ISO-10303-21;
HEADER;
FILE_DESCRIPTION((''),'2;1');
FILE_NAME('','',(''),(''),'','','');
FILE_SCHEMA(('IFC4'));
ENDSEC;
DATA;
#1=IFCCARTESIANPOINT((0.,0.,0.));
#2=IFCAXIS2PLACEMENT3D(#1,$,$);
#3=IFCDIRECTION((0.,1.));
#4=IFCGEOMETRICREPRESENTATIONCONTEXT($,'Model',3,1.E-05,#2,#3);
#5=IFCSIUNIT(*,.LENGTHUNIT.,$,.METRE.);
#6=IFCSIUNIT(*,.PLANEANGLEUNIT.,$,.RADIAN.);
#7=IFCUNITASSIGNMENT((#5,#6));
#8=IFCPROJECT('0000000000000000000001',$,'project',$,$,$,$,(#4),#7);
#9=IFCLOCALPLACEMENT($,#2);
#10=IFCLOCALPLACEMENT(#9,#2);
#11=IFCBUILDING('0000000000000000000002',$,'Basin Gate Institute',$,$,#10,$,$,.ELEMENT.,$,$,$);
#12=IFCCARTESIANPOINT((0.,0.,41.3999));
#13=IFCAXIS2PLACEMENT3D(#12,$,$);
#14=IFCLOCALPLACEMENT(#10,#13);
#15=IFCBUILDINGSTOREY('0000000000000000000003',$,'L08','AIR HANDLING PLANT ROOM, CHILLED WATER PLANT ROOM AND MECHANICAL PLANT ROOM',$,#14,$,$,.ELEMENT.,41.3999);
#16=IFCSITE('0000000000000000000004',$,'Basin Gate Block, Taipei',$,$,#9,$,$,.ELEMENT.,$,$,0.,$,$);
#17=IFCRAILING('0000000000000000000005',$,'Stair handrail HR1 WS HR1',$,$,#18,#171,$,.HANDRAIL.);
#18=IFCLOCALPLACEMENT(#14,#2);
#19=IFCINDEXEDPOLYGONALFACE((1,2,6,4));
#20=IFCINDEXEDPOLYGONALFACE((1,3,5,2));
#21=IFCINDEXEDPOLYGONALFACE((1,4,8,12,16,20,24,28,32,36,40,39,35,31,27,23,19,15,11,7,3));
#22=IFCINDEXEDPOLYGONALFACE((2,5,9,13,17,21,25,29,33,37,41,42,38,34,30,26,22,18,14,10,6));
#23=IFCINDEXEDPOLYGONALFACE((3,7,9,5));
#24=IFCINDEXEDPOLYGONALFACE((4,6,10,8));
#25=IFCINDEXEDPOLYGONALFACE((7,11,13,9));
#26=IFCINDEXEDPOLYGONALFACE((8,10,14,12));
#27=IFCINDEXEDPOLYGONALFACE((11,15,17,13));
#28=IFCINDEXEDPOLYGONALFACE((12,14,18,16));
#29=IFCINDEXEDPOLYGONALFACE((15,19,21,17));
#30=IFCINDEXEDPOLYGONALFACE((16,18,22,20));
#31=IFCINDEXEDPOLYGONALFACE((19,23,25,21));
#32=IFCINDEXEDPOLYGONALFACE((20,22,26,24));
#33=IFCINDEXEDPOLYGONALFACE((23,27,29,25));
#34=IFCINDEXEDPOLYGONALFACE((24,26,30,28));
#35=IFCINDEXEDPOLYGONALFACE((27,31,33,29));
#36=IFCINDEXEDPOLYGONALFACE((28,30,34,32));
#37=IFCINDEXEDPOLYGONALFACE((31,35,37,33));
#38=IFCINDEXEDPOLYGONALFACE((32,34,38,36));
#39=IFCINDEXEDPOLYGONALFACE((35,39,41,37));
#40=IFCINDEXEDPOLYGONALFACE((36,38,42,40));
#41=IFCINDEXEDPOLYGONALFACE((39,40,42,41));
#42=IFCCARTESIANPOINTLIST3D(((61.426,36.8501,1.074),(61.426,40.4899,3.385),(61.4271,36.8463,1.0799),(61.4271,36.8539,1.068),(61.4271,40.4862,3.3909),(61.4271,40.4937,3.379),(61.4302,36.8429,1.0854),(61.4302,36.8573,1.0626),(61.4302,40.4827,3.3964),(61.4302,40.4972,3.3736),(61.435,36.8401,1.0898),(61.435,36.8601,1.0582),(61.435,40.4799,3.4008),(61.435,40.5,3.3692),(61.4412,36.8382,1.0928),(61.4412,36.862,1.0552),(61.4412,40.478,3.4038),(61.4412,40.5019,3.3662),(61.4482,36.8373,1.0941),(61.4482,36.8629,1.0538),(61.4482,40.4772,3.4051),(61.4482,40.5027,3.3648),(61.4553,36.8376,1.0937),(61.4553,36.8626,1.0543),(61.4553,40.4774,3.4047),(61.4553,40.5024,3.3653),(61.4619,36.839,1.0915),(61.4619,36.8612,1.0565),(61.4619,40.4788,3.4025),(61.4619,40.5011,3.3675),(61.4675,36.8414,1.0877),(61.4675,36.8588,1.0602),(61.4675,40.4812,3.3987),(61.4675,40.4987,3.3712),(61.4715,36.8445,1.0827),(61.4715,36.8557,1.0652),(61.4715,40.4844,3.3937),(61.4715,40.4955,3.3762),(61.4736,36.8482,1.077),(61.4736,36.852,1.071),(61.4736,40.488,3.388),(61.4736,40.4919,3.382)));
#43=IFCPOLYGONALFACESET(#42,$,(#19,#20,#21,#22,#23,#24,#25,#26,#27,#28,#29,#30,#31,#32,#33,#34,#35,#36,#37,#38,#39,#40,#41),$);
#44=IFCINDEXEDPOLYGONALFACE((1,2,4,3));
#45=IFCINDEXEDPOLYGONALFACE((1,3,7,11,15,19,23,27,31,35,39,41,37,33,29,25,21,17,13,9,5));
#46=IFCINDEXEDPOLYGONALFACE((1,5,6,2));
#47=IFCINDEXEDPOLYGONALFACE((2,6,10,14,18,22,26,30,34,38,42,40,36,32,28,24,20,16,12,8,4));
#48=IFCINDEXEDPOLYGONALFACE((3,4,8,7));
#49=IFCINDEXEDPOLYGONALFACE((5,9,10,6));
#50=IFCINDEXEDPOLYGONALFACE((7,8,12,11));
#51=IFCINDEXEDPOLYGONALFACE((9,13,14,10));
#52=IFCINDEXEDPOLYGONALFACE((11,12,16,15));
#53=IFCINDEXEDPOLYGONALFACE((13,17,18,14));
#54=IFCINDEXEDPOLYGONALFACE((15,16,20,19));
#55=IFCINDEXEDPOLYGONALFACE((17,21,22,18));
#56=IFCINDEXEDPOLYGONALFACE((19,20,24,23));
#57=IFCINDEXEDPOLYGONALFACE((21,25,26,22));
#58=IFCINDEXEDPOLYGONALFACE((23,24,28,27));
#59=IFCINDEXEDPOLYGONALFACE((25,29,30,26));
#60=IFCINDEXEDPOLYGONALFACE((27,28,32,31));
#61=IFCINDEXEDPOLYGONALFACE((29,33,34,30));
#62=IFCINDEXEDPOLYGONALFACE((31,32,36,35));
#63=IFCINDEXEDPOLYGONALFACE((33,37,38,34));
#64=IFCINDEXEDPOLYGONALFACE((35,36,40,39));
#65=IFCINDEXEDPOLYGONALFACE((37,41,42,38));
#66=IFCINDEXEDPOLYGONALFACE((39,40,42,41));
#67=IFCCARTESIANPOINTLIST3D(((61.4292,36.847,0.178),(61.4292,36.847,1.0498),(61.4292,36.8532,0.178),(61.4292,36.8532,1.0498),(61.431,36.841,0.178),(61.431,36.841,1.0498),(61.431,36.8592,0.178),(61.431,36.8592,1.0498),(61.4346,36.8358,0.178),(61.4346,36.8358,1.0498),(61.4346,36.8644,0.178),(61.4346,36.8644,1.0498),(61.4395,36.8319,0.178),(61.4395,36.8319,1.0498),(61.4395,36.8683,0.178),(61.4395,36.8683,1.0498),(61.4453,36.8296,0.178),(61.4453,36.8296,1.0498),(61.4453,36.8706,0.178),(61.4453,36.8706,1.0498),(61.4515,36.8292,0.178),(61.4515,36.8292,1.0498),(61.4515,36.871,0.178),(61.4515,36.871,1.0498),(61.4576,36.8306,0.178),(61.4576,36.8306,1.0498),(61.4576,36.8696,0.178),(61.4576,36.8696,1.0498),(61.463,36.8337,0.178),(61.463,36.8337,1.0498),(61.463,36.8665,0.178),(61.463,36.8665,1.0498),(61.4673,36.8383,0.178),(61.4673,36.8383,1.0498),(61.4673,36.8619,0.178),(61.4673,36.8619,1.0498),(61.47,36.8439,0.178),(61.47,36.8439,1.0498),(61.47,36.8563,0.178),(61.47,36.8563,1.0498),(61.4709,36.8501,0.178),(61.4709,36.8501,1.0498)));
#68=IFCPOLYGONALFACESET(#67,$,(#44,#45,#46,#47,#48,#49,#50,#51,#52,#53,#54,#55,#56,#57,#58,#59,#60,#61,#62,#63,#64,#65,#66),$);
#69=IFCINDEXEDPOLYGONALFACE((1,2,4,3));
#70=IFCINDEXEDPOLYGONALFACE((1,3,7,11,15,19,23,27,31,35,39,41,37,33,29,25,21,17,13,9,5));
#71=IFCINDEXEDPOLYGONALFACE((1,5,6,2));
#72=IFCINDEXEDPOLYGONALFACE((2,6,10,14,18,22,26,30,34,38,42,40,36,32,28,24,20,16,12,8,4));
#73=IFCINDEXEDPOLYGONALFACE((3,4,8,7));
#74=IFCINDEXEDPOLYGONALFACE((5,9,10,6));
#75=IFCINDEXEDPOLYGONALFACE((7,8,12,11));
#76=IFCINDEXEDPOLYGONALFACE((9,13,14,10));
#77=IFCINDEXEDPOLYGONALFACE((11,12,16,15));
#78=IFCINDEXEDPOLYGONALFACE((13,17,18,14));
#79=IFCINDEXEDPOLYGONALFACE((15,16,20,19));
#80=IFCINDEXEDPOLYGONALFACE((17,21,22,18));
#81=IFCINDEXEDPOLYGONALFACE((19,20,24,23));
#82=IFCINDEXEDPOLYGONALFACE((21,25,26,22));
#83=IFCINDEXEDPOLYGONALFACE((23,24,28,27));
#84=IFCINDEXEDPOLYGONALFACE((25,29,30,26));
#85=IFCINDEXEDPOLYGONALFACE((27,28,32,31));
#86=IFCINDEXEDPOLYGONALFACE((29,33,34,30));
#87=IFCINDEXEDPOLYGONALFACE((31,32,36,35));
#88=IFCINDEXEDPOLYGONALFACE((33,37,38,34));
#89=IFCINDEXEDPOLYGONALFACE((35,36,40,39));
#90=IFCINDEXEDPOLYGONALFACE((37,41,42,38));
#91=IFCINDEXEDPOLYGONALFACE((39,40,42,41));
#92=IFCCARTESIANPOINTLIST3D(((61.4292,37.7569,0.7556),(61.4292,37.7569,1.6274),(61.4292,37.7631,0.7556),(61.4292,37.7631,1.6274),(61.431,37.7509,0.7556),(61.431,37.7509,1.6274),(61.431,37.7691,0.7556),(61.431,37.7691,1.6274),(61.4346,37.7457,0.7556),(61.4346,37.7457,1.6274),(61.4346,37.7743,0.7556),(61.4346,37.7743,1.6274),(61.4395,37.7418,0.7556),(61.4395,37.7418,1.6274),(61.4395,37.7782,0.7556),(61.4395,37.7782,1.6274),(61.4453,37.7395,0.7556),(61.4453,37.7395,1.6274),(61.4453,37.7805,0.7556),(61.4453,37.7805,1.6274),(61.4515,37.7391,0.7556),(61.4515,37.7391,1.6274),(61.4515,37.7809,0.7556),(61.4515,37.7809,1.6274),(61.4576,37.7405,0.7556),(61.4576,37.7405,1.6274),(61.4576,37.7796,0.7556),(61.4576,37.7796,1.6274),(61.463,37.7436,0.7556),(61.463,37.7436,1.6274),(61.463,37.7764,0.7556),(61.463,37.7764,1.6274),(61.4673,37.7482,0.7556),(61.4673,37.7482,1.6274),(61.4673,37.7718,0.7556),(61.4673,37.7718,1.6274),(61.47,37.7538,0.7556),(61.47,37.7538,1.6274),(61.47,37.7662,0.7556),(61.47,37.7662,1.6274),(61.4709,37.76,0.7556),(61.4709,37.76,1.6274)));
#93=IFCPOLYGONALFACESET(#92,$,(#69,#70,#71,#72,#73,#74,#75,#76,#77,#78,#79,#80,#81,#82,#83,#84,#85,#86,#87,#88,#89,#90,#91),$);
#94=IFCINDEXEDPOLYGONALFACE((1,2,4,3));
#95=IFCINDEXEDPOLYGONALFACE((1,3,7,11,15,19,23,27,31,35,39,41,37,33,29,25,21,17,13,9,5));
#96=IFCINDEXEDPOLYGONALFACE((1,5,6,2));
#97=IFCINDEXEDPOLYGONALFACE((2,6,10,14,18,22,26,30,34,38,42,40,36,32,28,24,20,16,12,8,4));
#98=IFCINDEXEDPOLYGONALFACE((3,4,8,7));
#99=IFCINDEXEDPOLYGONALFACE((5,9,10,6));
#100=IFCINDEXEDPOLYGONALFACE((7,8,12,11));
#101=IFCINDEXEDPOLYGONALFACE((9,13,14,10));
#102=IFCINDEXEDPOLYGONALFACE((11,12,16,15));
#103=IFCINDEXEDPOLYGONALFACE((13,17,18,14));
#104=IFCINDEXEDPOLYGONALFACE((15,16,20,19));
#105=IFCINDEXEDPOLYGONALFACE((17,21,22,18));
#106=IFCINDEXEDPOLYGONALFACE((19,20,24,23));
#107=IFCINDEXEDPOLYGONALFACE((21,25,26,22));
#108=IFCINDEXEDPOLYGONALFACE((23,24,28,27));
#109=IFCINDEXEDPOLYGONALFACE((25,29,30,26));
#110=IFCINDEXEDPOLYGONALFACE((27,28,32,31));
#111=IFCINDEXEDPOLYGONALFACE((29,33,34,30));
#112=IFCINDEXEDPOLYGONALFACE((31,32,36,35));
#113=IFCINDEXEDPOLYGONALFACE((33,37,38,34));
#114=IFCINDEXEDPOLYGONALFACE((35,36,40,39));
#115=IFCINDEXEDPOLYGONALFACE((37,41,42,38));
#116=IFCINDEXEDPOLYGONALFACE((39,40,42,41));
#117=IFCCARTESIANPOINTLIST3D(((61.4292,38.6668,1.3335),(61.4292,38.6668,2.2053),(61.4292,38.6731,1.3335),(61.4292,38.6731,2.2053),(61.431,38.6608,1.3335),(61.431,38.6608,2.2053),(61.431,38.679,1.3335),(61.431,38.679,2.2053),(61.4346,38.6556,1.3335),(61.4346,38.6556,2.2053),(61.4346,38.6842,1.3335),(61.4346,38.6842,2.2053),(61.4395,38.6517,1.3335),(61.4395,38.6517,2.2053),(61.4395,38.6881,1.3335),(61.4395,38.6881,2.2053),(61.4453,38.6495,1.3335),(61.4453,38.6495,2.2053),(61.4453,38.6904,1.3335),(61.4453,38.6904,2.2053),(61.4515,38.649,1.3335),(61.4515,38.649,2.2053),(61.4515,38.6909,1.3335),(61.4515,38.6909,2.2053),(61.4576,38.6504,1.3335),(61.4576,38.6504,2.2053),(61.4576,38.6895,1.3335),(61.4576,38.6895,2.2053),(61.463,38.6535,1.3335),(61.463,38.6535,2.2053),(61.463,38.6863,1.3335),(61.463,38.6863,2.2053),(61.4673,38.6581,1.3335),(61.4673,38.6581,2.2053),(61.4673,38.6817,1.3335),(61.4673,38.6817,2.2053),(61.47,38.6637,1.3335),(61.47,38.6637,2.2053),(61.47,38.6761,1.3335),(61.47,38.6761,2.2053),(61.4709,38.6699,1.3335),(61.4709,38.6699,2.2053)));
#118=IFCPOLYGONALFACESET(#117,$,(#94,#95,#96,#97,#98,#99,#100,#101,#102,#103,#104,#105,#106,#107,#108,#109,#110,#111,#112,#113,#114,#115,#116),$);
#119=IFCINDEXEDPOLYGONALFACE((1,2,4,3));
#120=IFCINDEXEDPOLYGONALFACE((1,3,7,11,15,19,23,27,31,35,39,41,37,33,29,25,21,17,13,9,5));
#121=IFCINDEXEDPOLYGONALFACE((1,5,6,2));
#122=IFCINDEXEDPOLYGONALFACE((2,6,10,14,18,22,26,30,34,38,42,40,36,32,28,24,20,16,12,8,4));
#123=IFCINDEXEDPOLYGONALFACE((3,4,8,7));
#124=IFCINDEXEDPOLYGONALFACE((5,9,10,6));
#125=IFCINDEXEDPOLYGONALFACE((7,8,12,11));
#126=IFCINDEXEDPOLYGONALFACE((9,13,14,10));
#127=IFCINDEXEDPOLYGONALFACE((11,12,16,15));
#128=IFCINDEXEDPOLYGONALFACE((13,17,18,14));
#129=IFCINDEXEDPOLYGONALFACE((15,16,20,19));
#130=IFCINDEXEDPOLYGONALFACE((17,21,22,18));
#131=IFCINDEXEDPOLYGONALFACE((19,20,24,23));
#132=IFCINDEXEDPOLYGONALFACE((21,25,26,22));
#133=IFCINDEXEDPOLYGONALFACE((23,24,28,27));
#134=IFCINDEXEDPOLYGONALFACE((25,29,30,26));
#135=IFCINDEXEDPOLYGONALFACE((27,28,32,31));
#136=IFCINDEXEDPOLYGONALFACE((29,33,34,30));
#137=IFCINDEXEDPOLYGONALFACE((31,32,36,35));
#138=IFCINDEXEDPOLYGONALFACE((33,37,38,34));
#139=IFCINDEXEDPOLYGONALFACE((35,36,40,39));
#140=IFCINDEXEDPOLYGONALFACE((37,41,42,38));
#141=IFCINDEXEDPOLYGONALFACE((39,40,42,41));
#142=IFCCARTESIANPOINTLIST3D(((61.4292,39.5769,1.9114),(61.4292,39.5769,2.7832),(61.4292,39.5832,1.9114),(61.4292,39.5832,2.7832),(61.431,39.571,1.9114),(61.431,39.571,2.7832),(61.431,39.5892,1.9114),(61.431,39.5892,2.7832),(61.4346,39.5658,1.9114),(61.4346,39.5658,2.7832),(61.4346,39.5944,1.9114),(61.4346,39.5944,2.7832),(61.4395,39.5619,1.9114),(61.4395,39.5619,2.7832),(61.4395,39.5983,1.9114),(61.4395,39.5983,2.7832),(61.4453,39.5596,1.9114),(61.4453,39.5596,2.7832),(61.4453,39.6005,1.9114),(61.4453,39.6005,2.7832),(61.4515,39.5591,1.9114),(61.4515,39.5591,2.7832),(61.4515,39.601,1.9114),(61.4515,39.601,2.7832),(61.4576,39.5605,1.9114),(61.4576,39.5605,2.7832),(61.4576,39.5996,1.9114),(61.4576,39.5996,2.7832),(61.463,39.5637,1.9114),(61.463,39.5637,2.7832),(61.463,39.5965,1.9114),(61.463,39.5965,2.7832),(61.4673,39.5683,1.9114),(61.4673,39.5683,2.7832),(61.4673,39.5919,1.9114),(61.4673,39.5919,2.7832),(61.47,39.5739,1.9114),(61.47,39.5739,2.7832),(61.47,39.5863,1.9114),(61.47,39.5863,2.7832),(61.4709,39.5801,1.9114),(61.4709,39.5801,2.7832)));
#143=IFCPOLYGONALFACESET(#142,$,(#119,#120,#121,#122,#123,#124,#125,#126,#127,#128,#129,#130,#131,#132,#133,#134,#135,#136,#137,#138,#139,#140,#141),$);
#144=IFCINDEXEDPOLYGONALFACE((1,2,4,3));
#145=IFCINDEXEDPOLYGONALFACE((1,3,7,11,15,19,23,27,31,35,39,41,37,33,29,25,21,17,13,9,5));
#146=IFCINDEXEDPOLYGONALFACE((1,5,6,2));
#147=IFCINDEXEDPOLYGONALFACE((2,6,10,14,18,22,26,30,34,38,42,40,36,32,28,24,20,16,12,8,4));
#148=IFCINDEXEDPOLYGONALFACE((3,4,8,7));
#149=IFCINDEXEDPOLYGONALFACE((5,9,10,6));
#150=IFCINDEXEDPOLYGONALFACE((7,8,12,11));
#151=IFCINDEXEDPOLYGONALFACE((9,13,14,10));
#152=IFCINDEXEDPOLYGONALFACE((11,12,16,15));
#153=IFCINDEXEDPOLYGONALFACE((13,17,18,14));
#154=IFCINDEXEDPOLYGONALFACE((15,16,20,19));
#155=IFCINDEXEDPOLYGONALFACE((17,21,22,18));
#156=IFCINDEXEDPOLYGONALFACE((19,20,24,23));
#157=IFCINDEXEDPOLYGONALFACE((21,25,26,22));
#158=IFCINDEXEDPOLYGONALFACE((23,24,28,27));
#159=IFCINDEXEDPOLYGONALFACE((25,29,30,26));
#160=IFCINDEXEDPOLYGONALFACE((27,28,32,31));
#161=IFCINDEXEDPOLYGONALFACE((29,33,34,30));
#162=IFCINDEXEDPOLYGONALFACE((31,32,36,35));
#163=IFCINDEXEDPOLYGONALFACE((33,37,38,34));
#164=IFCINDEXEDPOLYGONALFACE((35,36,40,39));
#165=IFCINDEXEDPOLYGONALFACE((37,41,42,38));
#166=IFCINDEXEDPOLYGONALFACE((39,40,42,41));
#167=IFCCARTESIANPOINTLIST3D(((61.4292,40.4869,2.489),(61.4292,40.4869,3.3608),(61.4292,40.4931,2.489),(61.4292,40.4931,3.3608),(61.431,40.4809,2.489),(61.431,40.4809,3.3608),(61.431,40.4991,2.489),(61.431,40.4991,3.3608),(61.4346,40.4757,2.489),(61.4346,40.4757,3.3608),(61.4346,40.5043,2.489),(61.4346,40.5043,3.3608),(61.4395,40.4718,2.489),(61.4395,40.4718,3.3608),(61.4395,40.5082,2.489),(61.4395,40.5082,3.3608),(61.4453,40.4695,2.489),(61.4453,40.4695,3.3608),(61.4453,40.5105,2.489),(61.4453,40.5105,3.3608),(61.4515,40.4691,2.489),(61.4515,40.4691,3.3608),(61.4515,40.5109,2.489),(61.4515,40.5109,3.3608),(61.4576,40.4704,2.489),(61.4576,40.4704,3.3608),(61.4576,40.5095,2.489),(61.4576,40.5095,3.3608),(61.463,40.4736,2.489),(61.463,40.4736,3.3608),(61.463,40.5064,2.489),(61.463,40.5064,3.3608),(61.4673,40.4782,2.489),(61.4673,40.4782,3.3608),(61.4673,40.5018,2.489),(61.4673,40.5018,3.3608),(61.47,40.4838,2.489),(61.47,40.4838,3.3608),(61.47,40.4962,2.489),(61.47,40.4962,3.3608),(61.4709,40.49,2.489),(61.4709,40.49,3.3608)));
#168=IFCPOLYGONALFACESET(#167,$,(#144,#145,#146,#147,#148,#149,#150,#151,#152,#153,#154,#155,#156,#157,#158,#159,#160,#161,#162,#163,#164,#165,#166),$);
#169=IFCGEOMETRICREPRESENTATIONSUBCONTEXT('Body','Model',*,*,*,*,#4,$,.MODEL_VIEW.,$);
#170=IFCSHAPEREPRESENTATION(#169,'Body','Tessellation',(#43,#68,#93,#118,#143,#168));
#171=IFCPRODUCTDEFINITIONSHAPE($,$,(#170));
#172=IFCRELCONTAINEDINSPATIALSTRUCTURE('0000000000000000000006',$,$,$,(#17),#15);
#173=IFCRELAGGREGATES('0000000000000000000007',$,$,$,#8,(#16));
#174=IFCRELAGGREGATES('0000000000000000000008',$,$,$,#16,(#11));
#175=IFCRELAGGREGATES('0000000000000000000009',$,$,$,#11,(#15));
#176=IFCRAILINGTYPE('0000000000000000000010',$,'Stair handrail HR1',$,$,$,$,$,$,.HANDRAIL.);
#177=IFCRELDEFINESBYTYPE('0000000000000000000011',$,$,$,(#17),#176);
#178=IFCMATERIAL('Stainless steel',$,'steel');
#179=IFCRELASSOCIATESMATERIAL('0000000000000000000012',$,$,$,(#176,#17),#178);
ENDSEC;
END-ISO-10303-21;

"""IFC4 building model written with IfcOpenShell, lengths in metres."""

from ifc_helpers import new_model, si_unit, direction, frame, origin, origin_2d, place, context, subcontext, project, spatial, circle, extrude, material, type_object, element, save


model = new_model("IFC4")

# Units and contexts
model_context = context("Model", 3, precision=1e-05, world=origin(), true_north=direction((0.0, 1.0)))
body_context = subcontext(model_context, "Body", "Model", "MODEL_VIEW")
ifc_project = project(units=[si_unit("LENGTHUNIT", "METRE"), si_unit("PLANEANGLEUNIT", "RADIAN")], contexts=[model_context])

# Site, building, storey
site_placement = place(None, origin())
site = spatial("IfcSite", under=ifc_project, at=site_placement, Name="Basin Gate Block, Taipei", CompositionType="ELEMENT", RefElevation=0.0)
building_placement = place(site_placement, origin())
building = spatial("IfcBuilding", under=site, at=building_placement, Name="Basin Gate Institute", CompositionType="ELEMENT")
storey_placement = place(building_placement, frame((0.0, 0.0, 41.3999)))
storey = spatial("IfcBuildingStorey", under=building, at=storey_placement, Name="L08", Description="AIR HANDLING PLANT ROOM, CHILLED WATER PLANT ROOM AND MECHANICAL PLANT ROOM", CompositionType="ELEMENT", Elevation=41.3999)

# Railing
ifc_material_1 = material(Name="Stainless steel", Category="steel")
railing_type_1 = type_object("IfcRailingType", Name="Stair handrail HR1", PredefinedType="HANDRAIL", material=ifc_material_1)
for number, where, name in (
    (1, (61.45, 36.8501, 0.178), "Stair handrail HR1 WS HR1"),
):
    element("IfcRailing", number, at=place(storey_placement, frame(where)), inside=storey, type_object=railing_type_1, material=ifc_material_1, Name=name, PredefinedType="HANDRAIL", context=body_context, shape_type="SweptSolid", body=[
        extrude(circle(Radius=0.0239, at=origin_2d()), frame((0.0, 0.0, 0.896), z_axis=(0.0, 0.844214, 0.536007), x_axis=(-1.0, 0.0, 0.0)), (0.0, 0.0, 1.0), 4.3115),
        extrude(circle(Radius=0.021, at=origin_2d()), origin(), (0.0, 0.0, 1.0), 0.8718),
        extrude(circle(Radius=0.021, at=origin_2d()), frame((0.0, 0.9099, 0.5776)), (0.0, 0.0, 1.0), 0.8718),
        extrude(circle(Radius=0.021, at=origin_2d()), frame((0.0, 1.8198, 1.1555)), (0.0, 0.0, 1.0), 0.8718),
        extrude(circle(Radius=0.021, at=origin_2d()), frame((0.0, 2.73, 1.7334)), (0.0, 0.0, 1.0), 0.8718),
        extrude(circle(Radius=0.021, at=origin_2d()), frame((0.0, 3.6399, 2.311)), (0.0, 0.0, 1.0), 0.8718),
    ])

save(model, "model.ifc")
